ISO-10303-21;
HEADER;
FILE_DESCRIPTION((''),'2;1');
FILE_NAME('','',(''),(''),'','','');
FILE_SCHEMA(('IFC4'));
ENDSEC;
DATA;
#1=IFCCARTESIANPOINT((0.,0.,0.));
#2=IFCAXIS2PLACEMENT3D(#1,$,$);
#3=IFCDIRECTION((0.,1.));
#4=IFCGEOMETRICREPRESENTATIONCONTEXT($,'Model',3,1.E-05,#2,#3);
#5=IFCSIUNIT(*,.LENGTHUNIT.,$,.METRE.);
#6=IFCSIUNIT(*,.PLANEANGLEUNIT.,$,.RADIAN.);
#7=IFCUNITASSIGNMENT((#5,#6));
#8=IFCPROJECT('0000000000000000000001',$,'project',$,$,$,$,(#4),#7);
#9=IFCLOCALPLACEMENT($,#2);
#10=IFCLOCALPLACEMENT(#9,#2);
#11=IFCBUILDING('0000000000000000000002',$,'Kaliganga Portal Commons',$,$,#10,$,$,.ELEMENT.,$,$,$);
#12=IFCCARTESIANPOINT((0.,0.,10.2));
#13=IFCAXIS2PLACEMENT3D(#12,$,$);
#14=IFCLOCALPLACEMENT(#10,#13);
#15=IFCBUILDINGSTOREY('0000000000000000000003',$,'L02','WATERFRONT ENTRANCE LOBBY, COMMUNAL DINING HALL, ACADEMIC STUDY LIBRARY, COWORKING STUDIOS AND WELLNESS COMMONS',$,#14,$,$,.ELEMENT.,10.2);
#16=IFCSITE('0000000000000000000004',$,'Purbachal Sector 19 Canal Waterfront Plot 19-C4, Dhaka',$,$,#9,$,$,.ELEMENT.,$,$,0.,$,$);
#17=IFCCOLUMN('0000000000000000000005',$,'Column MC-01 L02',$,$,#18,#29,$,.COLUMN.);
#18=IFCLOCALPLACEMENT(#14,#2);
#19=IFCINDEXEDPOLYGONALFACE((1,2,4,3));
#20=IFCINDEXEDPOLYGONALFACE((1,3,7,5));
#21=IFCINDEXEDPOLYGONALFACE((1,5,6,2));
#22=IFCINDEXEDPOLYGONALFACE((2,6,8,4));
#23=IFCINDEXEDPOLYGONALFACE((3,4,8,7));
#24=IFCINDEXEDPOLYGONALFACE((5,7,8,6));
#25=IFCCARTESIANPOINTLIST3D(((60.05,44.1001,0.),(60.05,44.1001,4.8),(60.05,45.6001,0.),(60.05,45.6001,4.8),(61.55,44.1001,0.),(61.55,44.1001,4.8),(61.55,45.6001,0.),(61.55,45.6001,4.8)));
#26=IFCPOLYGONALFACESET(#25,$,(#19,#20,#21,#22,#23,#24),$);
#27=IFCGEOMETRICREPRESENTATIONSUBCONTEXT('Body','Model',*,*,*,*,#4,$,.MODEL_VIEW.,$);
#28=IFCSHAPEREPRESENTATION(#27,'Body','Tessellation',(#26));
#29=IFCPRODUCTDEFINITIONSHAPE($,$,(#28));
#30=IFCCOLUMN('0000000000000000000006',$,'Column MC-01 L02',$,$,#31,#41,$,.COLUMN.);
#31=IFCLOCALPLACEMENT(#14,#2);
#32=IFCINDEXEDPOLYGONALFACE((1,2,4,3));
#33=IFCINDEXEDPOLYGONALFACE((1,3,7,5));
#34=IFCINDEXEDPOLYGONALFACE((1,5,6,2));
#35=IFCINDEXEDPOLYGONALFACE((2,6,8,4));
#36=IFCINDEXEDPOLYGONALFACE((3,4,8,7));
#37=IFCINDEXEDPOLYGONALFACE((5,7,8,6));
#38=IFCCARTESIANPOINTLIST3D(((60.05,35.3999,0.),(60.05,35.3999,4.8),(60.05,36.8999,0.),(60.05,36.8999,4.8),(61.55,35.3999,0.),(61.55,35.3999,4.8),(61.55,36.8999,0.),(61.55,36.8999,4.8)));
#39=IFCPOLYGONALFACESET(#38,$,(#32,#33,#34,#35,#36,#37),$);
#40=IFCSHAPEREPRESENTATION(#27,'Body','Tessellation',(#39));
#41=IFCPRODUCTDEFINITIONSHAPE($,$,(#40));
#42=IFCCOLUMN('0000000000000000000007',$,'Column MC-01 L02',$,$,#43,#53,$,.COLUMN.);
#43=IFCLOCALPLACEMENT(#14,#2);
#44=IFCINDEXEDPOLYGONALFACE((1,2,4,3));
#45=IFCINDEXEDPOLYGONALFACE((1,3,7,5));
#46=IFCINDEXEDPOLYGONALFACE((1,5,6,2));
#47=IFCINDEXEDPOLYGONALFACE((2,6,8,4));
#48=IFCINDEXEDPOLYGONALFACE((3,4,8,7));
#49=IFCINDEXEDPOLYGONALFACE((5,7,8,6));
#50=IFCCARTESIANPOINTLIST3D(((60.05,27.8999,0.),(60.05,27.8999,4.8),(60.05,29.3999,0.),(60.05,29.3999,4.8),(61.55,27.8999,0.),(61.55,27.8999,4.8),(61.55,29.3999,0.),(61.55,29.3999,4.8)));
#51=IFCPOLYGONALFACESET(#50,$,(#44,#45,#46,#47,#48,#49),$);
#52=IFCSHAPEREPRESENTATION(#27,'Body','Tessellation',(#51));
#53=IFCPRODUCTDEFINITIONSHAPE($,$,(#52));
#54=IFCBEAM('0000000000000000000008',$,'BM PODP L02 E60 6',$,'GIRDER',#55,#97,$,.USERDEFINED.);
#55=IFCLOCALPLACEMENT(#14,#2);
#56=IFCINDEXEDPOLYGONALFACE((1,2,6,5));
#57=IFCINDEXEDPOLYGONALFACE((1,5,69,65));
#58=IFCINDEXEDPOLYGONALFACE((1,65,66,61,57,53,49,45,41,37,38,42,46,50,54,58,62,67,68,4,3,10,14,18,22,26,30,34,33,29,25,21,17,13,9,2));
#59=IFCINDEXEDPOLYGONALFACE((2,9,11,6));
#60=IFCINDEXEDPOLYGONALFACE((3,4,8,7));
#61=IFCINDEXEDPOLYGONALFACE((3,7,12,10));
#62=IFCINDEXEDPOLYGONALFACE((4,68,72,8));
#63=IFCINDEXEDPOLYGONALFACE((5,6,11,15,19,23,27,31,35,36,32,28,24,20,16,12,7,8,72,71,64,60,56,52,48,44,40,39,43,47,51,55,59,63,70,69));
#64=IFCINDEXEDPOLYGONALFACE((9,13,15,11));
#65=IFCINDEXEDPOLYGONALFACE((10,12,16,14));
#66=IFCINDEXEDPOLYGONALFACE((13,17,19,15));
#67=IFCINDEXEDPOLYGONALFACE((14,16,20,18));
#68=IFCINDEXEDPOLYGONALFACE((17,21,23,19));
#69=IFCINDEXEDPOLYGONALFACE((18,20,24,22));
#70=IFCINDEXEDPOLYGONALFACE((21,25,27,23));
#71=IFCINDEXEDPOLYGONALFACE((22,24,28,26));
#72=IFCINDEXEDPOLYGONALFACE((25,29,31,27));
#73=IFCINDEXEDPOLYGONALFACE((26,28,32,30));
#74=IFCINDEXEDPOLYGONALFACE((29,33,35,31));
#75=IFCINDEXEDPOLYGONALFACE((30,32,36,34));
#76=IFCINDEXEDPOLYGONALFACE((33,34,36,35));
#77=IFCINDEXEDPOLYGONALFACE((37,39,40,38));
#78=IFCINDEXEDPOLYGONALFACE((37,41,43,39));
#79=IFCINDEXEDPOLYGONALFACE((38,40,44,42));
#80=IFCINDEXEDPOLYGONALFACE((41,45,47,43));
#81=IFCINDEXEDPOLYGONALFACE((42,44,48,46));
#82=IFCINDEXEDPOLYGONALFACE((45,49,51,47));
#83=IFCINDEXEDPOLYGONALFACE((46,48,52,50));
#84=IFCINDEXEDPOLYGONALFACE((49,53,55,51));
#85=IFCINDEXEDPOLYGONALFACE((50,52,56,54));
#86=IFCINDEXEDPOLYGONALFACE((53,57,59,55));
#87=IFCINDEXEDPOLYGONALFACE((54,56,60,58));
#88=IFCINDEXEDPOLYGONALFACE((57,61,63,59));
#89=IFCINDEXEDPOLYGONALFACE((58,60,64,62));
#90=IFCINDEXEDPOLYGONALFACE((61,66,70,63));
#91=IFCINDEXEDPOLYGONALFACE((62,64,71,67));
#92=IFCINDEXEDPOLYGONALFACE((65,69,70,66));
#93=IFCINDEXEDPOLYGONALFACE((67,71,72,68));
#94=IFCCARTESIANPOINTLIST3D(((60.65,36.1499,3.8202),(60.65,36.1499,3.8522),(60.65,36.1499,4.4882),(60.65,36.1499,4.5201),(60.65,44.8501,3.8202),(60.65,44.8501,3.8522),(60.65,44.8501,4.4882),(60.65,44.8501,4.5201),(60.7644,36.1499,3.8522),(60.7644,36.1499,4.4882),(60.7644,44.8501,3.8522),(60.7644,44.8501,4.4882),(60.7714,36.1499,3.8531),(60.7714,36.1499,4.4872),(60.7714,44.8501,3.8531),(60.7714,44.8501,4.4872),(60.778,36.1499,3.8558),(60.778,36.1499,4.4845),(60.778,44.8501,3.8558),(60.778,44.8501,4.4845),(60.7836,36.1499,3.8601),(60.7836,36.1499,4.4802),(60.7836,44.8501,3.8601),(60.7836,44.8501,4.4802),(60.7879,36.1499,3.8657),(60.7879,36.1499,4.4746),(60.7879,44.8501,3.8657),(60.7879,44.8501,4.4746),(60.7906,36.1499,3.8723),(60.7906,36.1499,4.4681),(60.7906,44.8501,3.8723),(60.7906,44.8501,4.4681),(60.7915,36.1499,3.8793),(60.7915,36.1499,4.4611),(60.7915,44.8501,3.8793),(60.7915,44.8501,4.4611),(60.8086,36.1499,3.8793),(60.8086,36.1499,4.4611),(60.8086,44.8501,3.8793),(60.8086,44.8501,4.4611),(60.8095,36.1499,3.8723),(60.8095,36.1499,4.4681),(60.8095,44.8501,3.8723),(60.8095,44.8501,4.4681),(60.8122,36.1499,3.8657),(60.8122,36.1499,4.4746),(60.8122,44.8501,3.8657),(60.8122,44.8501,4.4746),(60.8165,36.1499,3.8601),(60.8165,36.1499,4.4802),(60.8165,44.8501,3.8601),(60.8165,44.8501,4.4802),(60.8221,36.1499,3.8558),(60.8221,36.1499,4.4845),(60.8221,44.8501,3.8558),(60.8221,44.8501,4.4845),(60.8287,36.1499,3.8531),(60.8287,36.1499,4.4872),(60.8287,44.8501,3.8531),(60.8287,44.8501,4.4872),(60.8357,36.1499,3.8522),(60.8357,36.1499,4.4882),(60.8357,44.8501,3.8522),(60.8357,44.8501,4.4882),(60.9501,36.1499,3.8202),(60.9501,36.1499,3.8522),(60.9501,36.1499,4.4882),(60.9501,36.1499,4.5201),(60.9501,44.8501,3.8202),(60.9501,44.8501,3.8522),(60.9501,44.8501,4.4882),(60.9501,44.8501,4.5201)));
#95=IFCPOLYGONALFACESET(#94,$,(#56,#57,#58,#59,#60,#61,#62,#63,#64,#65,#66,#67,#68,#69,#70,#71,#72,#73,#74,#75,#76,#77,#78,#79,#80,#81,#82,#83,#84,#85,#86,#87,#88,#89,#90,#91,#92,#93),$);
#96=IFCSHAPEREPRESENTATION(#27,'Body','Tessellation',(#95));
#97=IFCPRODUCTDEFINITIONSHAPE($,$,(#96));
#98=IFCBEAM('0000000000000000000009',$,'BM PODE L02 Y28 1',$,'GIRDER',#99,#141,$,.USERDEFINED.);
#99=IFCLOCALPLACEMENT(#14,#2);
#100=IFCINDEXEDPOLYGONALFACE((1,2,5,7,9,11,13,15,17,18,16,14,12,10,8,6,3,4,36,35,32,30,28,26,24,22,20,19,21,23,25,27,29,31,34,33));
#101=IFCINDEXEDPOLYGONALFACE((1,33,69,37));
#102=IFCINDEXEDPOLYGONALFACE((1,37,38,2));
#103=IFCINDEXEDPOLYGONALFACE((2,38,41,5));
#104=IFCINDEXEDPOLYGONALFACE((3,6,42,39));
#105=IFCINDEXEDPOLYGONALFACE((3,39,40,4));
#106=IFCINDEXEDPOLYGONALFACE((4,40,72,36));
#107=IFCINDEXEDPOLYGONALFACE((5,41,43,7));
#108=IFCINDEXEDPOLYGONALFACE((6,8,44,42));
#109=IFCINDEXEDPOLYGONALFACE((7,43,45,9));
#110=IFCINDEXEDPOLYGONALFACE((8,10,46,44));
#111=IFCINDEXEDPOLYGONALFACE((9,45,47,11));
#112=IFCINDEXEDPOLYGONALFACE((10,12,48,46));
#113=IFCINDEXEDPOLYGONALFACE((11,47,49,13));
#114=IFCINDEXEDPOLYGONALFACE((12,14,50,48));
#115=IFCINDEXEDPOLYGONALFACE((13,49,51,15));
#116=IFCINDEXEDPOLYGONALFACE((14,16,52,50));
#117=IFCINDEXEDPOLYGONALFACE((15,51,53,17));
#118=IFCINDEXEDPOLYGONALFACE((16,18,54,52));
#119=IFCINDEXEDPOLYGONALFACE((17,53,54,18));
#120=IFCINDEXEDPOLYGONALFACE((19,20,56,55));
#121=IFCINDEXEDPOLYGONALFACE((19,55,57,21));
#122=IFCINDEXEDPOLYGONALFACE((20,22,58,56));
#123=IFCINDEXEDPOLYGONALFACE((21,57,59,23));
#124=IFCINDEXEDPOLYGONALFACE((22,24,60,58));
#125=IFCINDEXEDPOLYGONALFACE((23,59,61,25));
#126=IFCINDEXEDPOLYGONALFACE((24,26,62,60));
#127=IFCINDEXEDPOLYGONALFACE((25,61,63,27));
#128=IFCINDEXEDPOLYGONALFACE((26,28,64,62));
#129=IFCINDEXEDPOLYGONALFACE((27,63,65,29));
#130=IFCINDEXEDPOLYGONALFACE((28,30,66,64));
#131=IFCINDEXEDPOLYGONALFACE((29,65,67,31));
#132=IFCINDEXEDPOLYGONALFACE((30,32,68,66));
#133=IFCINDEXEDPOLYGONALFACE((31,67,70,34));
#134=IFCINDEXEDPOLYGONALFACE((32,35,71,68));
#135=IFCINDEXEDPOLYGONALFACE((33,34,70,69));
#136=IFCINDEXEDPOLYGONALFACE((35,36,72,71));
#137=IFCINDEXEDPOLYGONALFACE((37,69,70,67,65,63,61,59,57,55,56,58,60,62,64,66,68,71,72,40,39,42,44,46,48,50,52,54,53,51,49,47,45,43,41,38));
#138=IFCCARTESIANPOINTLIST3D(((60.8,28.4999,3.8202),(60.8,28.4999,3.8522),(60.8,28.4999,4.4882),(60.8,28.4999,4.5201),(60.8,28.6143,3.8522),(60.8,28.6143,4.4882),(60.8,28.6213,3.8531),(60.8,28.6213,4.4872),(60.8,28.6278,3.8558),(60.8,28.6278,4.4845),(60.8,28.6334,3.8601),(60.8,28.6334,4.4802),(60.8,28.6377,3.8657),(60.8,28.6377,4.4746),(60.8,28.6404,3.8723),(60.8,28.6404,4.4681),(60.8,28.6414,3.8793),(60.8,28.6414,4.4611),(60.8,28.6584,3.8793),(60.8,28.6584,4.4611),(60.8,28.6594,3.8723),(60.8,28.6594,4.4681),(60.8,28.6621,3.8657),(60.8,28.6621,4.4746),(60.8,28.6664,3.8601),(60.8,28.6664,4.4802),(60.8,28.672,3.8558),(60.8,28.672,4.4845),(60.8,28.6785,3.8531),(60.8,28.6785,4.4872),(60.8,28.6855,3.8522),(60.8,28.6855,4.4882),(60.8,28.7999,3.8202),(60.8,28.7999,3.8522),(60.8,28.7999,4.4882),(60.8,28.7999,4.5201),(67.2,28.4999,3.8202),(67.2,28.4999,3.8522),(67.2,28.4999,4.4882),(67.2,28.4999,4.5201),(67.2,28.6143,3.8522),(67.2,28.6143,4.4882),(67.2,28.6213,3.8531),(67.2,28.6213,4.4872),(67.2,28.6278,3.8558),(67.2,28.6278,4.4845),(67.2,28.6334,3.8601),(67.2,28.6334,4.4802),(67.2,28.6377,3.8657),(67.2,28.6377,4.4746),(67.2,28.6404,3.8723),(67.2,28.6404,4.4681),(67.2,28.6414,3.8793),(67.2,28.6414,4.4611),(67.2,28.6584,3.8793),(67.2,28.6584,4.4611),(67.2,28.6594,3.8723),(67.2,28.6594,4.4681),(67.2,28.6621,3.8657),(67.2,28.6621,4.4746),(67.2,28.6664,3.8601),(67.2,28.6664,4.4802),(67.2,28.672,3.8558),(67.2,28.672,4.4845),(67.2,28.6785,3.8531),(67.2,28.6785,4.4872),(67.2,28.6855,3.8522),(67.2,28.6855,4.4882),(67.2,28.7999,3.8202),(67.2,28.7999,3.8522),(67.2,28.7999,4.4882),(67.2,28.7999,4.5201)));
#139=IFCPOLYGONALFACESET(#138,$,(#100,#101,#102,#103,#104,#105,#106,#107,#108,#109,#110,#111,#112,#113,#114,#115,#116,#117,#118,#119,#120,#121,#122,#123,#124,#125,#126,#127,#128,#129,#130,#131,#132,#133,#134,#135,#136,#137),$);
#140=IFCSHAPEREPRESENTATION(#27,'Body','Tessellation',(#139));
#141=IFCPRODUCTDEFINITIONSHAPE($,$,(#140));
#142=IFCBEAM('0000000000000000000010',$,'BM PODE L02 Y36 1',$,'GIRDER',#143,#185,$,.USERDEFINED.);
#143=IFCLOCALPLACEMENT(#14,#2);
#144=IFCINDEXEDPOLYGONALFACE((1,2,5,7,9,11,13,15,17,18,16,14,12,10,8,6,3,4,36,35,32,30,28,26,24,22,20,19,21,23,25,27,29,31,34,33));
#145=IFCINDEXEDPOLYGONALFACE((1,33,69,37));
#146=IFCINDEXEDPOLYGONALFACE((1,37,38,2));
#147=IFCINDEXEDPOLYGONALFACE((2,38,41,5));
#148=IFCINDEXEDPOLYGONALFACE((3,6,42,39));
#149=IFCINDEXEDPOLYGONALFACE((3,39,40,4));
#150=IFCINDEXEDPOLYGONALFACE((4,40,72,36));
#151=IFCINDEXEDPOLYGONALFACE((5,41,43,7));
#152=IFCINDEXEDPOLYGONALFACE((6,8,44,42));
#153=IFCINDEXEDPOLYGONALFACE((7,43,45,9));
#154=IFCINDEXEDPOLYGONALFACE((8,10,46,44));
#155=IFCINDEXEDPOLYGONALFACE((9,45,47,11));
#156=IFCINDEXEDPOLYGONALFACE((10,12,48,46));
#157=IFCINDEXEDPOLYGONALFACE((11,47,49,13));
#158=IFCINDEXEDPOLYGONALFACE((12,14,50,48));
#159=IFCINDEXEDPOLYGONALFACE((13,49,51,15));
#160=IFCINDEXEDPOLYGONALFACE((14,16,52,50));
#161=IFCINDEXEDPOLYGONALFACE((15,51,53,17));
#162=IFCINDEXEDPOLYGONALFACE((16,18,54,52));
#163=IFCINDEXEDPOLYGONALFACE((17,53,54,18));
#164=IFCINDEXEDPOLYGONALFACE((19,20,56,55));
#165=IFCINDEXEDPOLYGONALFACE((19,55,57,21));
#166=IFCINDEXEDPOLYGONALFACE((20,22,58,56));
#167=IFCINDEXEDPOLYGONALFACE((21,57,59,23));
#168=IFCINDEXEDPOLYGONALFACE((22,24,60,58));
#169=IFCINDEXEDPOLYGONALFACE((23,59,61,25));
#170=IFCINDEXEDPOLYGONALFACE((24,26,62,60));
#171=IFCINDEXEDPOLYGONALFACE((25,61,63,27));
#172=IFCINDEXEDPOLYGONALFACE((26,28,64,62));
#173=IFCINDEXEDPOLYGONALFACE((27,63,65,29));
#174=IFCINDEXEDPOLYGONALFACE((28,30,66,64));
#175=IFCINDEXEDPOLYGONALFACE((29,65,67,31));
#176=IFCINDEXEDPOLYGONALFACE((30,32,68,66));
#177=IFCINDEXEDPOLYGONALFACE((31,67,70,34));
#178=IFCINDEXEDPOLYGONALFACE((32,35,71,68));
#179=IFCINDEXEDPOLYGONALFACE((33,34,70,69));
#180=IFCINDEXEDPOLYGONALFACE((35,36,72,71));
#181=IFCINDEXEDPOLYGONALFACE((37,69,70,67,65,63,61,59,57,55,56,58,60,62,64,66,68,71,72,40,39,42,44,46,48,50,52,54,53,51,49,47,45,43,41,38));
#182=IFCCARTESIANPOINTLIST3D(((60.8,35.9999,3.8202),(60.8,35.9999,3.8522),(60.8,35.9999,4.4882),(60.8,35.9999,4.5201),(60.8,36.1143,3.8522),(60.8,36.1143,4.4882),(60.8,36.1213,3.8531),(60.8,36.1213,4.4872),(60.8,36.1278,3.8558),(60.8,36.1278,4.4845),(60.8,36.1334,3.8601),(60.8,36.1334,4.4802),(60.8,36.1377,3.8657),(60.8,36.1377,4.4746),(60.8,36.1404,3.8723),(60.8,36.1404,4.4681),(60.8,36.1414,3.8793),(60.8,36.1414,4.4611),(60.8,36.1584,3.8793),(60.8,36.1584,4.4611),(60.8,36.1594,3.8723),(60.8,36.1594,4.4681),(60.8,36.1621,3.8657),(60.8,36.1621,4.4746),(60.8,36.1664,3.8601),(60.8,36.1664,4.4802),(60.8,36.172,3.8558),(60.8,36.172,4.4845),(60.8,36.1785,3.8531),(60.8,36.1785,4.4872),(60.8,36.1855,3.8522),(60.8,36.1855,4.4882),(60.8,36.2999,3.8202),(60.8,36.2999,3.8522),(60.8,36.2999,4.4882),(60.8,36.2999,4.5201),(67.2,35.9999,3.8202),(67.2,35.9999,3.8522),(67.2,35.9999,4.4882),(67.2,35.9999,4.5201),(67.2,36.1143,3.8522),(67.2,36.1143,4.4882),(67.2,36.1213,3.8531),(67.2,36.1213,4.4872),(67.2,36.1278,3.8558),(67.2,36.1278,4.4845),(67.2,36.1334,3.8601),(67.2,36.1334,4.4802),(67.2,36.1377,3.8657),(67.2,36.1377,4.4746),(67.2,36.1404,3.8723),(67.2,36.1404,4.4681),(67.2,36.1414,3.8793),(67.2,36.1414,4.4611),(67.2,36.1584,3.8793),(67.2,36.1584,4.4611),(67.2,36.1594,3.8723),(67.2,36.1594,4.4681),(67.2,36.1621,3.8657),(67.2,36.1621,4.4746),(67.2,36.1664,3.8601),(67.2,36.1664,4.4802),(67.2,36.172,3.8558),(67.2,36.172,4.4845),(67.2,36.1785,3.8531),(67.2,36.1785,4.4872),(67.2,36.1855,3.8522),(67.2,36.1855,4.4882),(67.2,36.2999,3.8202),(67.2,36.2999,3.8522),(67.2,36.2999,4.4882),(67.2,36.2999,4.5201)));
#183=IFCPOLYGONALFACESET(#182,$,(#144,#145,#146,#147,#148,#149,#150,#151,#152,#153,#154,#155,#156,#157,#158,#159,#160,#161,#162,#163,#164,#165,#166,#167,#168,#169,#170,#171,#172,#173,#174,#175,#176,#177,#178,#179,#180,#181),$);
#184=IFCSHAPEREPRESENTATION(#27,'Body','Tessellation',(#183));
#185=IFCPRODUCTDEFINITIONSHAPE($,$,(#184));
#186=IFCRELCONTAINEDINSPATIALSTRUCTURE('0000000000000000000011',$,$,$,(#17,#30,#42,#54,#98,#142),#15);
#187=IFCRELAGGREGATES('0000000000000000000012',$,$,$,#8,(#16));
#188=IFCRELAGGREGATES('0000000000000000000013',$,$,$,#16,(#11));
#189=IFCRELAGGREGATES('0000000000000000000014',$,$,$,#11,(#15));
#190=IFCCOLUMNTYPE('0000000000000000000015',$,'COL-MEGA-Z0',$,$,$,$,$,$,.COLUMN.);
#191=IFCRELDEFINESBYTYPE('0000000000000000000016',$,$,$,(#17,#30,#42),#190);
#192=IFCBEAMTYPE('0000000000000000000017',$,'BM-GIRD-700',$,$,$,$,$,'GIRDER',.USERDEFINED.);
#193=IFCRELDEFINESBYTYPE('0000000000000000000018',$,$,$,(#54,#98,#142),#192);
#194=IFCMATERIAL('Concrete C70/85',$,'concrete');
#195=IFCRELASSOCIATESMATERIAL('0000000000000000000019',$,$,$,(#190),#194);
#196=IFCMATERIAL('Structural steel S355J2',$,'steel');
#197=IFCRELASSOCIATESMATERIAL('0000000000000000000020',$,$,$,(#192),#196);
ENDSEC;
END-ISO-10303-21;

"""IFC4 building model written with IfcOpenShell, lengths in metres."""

from ifc_helpers import new_model, si_unit, direction, frame, origin, origin_2d, place, context, subcontext, project, spatial, rectangle, i_section, extrude, source, transform, mapped, material, material_profile, profile_set, type_object, element, save


model = new_model("IFC4")

# Units and contexts
model_context = context("Model", 3, precision=1e-05, world=origin(), true_north=direction((0.0, 1.0)))
body_context = subcontext(model_context, "Body", "Model", "MODEL_VIEW")
ifc_project = project(units=[si_unit("LENGTHUNIT", "METRE"), si_unit("PLANEANGLEUNIT", "RADIAN")], contexts=[model_context])

# Site, building, storey
site_placement = place(None, origin())
site = spatial("IfcSite", under=ifc_project, at=site_placement, Name="Purbachal Sector 19 Canal Waterfront Plot 19-C4, Dhaka", CompositionType="ELEMENT", RefElevation=0.0)
building_placement = place(site_placement, origin())
building = spatial("IfcBuilding", under=site, at=building_placement, Name="Kaliganga Portal Commons", CompositionType="ELEMENT")
storey_placement = place(building_placement, frame((0.0, 0.0, 10.2)))
storey = spatial("IfcBuildingStorey", under=building, at=storey_placement, Name="L02", Description="WATERFRONT ENTRANCE LOBBY, COMMUNAL DINING HALL, ACADEMIC STUDY LIBRARY, COWORKING STUDIOS AND WELLNESS COMMONS", CompositionType="ELEMENT", Elevation=10.2)

# Columns
ifc_material_1 = material(Name="Concrete C70/85", Category="concrete")
ifc_material_profile_1 = material_profile(ifc_material_1, rectangle(XDim=1.5, YDim=1.5, at=origin_2d()), Name="RC 1500x1500")
ifc_profile_set_1 = profile_set([ifc_material_profile_1], Name="Concrete C70/85")
column_type = type_object("IfcColumnType", Name="COL-MEGA-Z0", PredefinedType="COLUMN", material=ifc_profile_set_1)
shared_shape_1 = source(origin(), body_context, "Body", "SweptSolid", [
    extrude(rectangle(XDim=1.5, YDim=1.5, at=origin_2d()), origin(), (0.0, 0.0, 1.0), 4.8),
])
for number, where, z_axis, x_axis, name in (
    (1, (60.8, 44.8501, 0.0), (0.0, 0.0, 1.0), (1.0, 0.0, 0.0), "Column MC-01 L02"),
    (2, (60.8, 36.1499, 0.0), (0.0, 0.0, 1.0), (1.0, 0.0, 0.0), "Column MC-01 L02"),
    (3, (60.8, 28.6499, 0.0), (0.0, 0.0, 1.0), (1.0, 0.0, 0.0), "Column MC-01 L02"),
):
    element("IfcColumn", number, at=place(storey_placement, frame(where, z_axis=z_axis, x_axis=x_axis)), inside=storey, type_object=column_type, Name=name, PredefinedType="COLUMN", context=body_context, shape_type="MappedRepresentation", body=[
        mapped(shared_shape_1, transform((0.0, 0.0, 0.0), x_axis=(1.0, 0.0, 0.0), y_axis=(0.0, 1.0, 0.0), z_axis=(0.0, 0.0, 1.0), scale=1.0)),
    ])

# Beams
ifc_material_2 = material(Name="Structural steel S355J2", Category="steel")
ifc_material_profile_2 = material_profile(ifc_material_2, i_section(OverallWidth=0.3, OverallDepth=0.7, WebThickness=0.0171, FlangeThickness=0.032, FilletRadius=0.0271, at=origin_2d()), Name="HE 700 B")
ifc_profile_set_2 = profile_set([ifc_material_profile_2], Name="Structural steel S355J2 wide-flange")
beam_type_1 = type_object("IfcBeamType", Name="BM-GIRD-700", ElementType="GIRDER", PredefinedType="USERDEFINED", material=ifc_profile_set_2)
shared_shape_2 = source(origin(), body_context, "Body", "SweptSolid", [
    extrude(i_section(OverallWidth=0.3, OverallDepth=0.7, WebThickness=0.0171, FlangeThickness=0.032, FilletRadius=0.0271, at=origin_2d()), origin(), (0.0, 0.0, 1.0), 8.7002),
])
beam_1_placement = place(storey_placement, frame((60.8, 36.1499, 4.1702), z_axis=(0.0, 1.0, 0.0), x_axis=(-1.0, 0.0, 0.0)))
element("IfcBeam", 4, at=beam_1_placement, inside=storey, type_object=beam_type_1, Name="BM PODP L02 E60 6", ObjectType="GIRDER", PredefinedType="USERDEFINED", context=body_context, shape_type="MappedRepresentation", body=[
    mapped(shared_shape_2, transform((0.0, 0.0, 0.0), x_axis=(1.0, 0.0, 0.0), y_axis=(0.0, 1.0, 0.0), z_axis=(0.0, 0.0, 1.0), scale=1.0)),
])
shared_shape_3 = source(origin(), body_context, "Body", "SweptSolid", [
    extrude(i_section(OverallWidth=0.3, OverallDepth=0.7, WebThickness=0.0171, FlangeThickness=0.032, FilletRadius=0.0271, at=origin_2d()), origin(), (0.0, 0.0, 1.0), 6.3999),
])
for number, where, z_axis, x_axis, name in (
    (5, (60.8, 28.6499, 4.1702), (1.0, 0.0, 0.0), (0.0, 1.0, 0.0), "BM PODE L02 Y28 1"),
    (6, (60.8, 36.1499, 4.1702), (1.0, 0.0, 0.0), (0.0, 1.0, 0.0), "BM PODE L02 Y36 1"),
):
    element("IfcBeam", number, at=place(storey_placement, frame(where, z_axis=z_axis, x_axis=x_axis)), inside=storey, type_object=beam_type_1, Name=name, ObjectType="GIRDER", PredefinedType="USERDEFINED", context=body_context, shape_type="MappedRepresentation", body=[
        mapped(shared_shape_3, transform((0.0, 0.0, 0.0), x_axis=(1.0, 0.0, 0.0), y_axis=(0.0, 1.0, 0.0), z_axis=(0.0, 0.0, 1.0), scale=1.0)),
    ])

save(model, "model.ifc")
